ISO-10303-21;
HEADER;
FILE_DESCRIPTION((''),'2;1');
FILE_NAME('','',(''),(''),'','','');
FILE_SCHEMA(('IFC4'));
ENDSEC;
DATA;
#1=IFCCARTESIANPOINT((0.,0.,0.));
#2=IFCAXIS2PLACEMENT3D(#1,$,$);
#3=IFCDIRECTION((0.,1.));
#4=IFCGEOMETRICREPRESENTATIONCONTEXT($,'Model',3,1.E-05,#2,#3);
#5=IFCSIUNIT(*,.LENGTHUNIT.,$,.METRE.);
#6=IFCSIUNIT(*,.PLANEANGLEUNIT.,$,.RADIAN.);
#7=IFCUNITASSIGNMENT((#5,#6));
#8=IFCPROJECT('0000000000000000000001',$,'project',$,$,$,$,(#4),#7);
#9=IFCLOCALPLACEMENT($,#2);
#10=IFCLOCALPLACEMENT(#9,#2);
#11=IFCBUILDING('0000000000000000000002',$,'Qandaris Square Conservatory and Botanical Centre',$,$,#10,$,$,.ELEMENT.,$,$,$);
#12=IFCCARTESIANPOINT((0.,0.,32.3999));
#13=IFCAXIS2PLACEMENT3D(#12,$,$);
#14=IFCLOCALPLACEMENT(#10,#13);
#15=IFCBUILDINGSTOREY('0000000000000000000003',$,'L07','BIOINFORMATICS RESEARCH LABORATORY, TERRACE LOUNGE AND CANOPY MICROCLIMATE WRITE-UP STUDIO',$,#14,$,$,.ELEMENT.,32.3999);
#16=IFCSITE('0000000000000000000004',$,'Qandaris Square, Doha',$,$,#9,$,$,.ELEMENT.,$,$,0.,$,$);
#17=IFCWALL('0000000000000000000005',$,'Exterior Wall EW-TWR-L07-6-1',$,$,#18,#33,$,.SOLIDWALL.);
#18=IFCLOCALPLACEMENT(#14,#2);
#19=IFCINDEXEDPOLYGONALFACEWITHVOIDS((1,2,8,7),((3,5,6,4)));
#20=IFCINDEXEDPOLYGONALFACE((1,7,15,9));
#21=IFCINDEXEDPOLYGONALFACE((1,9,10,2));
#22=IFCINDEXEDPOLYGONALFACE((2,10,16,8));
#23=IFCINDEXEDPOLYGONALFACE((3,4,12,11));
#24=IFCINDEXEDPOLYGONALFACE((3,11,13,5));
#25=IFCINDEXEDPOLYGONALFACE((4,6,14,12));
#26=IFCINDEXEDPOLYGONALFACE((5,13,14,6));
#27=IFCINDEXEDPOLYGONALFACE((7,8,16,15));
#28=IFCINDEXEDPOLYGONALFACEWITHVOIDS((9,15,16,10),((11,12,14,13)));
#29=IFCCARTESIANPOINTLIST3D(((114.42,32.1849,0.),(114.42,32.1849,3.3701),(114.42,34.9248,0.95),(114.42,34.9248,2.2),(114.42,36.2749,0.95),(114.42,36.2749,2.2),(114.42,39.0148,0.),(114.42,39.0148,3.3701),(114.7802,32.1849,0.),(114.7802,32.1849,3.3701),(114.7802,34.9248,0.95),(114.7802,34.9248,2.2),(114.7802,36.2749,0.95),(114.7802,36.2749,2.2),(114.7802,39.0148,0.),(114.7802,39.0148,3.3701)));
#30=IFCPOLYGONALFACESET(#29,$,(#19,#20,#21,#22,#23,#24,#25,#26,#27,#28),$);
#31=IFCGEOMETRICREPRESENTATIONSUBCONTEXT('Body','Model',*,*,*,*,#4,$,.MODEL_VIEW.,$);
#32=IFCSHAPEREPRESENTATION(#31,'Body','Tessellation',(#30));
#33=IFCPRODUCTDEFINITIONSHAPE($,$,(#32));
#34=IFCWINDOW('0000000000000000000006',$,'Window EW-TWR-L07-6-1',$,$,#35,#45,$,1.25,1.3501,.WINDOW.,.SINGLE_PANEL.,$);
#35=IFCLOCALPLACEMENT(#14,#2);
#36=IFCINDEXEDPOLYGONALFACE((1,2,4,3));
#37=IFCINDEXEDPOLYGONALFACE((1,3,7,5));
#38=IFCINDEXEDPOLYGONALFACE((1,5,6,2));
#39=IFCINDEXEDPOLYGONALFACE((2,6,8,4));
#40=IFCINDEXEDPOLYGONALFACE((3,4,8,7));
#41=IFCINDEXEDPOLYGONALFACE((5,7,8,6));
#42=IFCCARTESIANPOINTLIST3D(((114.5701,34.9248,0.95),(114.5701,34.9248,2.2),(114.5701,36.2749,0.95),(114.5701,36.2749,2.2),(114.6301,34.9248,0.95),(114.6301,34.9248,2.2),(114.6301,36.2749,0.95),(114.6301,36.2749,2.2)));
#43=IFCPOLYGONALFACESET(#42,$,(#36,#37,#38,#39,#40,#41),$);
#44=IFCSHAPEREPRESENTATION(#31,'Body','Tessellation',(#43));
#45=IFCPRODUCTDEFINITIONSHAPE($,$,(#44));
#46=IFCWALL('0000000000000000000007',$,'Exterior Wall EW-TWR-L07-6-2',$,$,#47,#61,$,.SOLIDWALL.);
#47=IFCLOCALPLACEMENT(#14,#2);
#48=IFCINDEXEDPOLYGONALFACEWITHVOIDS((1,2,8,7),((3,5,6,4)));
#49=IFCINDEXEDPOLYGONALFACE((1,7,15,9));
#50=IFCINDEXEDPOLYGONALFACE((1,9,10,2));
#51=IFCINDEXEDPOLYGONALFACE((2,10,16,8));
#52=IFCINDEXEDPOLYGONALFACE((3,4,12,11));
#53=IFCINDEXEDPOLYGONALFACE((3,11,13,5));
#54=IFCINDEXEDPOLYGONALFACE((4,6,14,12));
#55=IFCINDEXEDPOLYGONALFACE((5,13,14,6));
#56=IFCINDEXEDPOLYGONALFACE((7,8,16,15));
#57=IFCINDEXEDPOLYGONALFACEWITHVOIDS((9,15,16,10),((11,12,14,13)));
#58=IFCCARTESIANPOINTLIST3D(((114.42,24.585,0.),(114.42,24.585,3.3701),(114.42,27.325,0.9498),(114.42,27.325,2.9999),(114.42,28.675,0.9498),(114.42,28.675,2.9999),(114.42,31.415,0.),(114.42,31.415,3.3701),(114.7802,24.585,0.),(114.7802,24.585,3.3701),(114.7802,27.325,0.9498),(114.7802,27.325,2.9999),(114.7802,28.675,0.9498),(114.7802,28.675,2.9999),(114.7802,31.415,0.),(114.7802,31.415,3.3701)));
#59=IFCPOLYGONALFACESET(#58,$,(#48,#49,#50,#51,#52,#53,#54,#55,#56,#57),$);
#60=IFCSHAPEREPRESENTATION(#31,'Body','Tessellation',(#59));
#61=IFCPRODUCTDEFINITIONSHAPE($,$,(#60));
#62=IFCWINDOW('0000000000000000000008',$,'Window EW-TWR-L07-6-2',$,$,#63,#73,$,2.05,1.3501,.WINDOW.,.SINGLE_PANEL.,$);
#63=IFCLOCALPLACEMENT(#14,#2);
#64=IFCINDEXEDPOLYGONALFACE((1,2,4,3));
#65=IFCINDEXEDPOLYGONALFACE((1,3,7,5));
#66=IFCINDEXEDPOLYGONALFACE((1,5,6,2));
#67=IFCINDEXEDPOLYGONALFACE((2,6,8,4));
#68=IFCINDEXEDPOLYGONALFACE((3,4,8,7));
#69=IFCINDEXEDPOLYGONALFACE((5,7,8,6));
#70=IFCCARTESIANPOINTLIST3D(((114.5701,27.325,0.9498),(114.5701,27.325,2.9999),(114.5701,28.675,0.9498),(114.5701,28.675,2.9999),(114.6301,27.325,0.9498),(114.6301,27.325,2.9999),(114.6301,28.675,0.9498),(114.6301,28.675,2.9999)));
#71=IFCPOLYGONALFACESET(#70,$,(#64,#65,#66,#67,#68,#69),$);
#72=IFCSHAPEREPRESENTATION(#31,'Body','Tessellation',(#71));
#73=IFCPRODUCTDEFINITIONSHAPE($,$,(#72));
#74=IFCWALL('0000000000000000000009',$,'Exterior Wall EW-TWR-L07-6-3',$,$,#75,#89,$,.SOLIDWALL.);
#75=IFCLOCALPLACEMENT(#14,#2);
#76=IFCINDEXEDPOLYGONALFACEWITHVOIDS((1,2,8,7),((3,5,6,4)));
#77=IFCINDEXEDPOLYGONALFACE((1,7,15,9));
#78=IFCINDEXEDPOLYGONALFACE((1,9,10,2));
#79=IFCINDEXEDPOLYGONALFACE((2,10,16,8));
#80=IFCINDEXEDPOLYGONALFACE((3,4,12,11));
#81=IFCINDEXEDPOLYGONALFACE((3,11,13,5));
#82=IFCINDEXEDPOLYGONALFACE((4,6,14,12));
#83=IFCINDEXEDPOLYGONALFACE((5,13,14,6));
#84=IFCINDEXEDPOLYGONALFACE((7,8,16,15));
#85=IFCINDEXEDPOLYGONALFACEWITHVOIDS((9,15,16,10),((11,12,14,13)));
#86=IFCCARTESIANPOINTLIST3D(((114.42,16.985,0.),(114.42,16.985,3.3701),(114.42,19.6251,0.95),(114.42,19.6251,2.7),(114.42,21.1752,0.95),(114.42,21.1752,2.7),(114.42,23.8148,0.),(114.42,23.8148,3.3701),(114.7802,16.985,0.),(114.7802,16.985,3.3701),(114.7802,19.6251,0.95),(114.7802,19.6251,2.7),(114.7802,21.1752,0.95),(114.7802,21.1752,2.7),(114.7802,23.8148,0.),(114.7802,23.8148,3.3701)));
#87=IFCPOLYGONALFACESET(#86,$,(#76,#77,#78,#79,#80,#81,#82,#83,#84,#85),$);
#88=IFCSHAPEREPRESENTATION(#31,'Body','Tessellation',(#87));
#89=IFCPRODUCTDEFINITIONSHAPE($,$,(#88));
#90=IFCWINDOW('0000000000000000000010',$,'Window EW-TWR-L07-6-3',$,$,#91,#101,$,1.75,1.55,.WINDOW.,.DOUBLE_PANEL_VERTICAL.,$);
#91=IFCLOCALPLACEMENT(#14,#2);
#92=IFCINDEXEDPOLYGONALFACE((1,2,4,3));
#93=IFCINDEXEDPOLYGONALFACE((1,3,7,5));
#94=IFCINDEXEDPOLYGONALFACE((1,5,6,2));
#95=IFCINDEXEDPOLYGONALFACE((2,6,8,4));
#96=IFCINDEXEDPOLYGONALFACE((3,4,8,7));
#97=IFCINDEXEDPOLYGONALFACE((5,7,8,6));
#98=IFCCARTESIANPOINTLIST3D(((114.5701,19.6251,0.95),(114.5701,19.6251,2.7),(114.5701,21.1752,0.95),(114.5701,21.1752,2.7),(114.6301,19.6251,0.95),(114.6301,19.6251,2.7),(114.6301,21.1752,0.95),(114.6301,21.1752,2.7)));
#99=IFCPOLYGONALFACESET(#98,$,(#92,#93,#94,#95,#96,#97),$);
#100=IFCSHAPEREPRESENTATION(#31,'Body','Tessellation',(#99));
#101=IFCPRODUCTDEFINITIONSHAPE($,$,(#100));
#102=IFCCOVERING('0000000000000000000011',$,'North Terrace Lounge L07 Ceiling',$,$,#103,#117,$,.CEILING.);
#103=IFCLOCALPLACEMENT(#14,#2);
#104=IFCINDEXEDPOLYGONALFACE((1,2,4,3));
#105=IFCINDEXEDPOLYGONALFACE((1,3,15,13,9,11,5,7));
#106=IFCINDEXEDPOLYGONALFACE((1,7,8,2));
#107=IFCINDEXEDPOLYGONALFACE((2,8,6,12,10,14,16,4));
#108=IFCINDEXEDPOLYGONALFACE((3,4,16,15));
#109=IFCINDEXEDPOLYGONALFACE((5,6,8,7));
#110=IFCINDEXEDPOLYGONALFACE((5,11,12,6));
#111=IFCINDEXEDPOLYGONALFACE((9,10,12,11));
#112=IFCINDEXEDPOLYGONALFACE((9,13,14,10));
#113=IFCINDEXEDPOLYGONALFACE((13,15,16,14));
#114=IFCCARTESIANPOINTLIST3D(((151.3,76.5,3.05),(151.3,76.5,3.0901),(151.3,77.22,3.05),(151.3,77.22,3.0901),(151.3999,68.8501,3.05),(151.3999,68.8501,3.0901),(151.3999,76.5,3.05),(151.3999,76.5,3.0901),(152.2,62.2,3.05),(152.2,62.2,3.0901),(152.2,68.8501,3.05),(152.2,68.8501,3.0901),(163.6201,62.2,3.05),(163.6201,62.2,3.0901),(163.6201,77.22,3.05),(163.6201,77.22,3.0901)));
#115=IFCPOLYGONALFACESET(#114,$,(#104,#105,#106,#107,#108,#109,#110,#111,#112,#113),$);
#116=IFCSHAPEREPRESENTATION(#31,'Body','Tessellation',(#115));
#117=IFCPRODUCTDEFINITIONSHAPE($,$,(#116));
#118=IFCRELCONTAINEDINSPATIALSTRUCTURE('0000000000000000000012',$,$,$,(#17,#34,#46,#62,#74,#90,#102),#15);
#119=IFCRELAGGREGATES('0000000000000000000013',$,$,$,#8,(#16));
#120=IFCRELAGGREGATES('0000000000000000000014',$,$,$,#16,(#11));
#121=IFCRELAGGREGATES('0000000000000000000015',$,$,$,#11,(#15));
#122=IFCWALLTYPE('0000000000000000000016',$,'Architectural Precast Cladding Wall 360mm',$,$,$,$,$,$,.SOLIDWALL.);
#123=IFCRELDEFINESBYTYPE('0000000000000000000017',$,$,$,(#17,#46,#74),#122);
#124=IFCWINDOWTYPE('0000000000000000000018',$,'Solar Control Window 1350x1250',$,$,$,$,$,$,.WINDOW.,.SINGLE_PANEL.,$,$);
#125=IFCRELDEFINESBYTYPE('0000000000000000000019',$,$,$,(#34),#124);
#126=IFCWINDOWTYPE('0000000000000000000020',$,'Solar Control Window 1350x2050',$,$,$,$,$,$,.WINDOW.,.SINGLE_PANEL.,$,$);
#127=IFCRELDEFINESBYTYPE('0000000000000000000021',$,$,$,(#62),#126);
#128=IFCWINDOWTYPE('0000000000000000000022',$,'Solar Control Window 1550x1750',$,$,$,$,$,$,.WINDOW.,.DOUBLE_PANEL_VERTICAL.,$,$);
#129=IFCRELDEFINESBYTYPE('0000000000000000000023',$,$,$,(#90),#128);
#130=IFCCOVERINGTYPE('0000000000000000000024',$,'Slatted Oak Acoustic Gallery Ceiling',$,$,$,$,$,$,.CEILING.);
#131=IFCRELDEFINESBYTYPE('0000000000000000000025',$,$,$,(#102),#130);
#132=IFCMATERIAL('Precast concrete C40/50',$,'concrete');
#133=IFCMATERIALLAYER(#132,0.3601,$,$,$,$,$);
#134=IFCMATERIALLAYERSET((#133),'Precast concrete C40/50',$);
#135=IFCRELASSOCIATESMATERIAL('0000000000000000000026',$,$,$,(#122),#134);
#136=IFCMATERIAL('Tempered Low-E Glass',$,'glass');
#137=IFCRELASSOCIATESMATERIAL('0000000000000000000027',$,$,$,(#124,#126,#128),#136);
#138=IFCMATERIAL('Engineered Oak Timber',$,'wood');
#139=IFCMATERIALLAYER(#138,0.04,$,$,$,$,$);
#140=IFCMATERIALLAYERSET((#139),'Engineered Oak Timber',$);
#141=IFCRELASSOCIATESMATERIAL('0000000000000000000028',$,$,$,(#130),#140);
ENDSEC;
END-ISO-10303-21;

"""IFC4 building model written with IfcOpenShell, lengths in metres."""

from ifc_helpers import new_model, si_unit, direction, frame, frame_2d, origin, place, context, subcontext, project, spatial, polyline, rectangle, outline, extrude, material, layer, layer_set, type_object, element, fill, save


model = new_model("IFC4")

# Units and contexts
model_context = context("Model", 3, precision=1e-05, world=origin(), true_north=direction((0.0, 1.0)))
body_context = subcontext(model_context, "Body", "Model", "MODEL_VIEW")
ifc_project = project(units=[si_unit("LENGTHUNIT", "METRE"), si_unit("PLANEANGLEUNIT", "RADIAN")], contexts=[model_context])

# Site, building, storey
site_placement = place(None, origin())
site = spatial("IfcSite", under=ifc_project, at=site_placement, Name="Qandaris Square, Doha", CompositionType="ELEMENT", RefElevation=0.0)
building_placement = place(site_placement, origin())
building = spatial("IfcBuilding", under=site, at=building_placement, Name="Qandaris Square Conservatory and Botanical Centre", CompositionType="ELEMENT")
storey_placement = place(building_placement, frame((0.0, 0.0, 32.3999)))
storey = spatial("IfcBuildingStorey", under=building, at=storey_placement, Name="L07", Description="BIOINFORMATICS RESEARCH LABORATORY, TERRACE LOUNGE AND CANOPY MICROCLIMATE WRITE-UP STUDIO", CompositionType="ELEMENT", Elevation=32.3999)

# Walls, openings, windows
ifc_material_1 = material(Name="Precast concrete C40/50", Category="concrete")
ifc_layer_1 = layer(ifc_material_1, 0.3601)
ifc_layer_set_1 = layer_set([ifc_layer_1], Name="Precast concrete C40/50")
wall_type = type_object("IfcWallType", Name="Architectural Precast Cladding Wall 360mm", PredefinedType="SOLIDWALL", material=ifc_layer_set_1)
ifc_material_2 = material(Name="Tempered Low-E Glass", Category="glass")
wall_1_placement = place(storey_placement, frame((114.6001, 39.0149, 0.0), z_axis=(0.0, 0.0, 1.0), x_axis=(0.0, -1.0, 0.0)))
wall_1 = element("IfcWall", 1, at=wall_1_placement, inside=storey, type_object=wall_type, Name="Exterior Wall EW-TWR-L07-6-1", PredefinedType="SOLIDWALL", context=body_context, shape_type="SweptSolid", body=[
    extrude(rectangle(XDim=6.8298, YDim=0.3601, at=frame_2d((3.415, 0.0))), origin(), (0.0, 0.0, 1.0), 3.3701),
])
opening_1_placement = place(wall_1_placement, frame((2.74, 0.0, 0.95)))
opening_1 = element("IfcOpeningElement", 2, at=opening_1_placement, cuts=wall_1, PredefinedType="OPENING", context=body_context, shape_type="SweptSolid", body=[
    extrude(rectangle(XDim=1.3501, YDim=1.25, at=frame_2d((0.675, 0.625))), frame((0.0, 0.1919, 0.0), z_axis=(0.0, -1.0, 0.0), x_axis=(1.0, 0.0, 0.0)), (0.0, 0.0, 1.0), 0.384),
])
window_type_1 = type_object("IfcWindowType", Name="Solar Control Window 1350x1250", PartitioningType="SINGLE_PANEL", PredefinedType="WINDOW", material=ifc_material_2)
window_1_placement = place(opening_1_placement, origin())
window_1 = element("IfcWindow", 3, at=window_1_placement, inside=storey, type_object=window_type_1, Name="Window EW-TWR-L07-6-1", OverallHeight=1.25, OverallWidth=1.3501, PartitioningType="SINGLE_PANEL", PredefinedType="WINDOW", context=body_context, shape_type="SweptSolid", body=[
    extrude(rectangle(XDim=1.3501, YDim=1.25, at=frame_2d((0.675, 0.625))), frame((0.0, 0.03, 0.0), z_axis=(0.0, -1.0, 0.0), x_axis=(1.0, 0.0, 0.0)), (0.0, 0.0, 1.0), 0.0601),
])
fill(opening_1, window_1)
wall_2_placement = place(storey_placement, frame((114.6001, 31.415, 0.0), z_axis=(0.0, 0.0, 1.0), x_axis=(0.0, -1.0, 0.0)))
wall_2 = element("IfcWall", 4, at=wall_2_placement, inside=storey, type_object=wall_type, Name="Exterior Wall EW-TWR-L07-6-2", PredefinedType="SOLIDWALL", context=body_context, shape_type="SweptSolid", body=[
    extrude(rectangle(XDim=6.8301, YDim=0.3601, at=frame_2d((3.415, 0.0))), origin(), (0.0, 0.0, 1.0), 3.3701),
])
opening_2_placement = place(wall_2_placement, frame((2.74, 0.0, 0.95)))
opening_2 = element("IfcOpeningElement", 5, at=opening_2_placement, cuts=wall_2, PredefinedType="OPENING", context=body_context, shape_type="SweptSolid", body=[
    extrude(rectangle(XDim=1.3501, YDim=2.05, at=frame_2d((0.675, 1.0249))), frame((0.0, 0.1919, 0.0), z_axis=(0.0, -1.0, 0.0), x_axis=(1.0, 0.0, 0.0)), (0.0, 0.0, 1.0), 0.384),
])
window_type_2 = type_object("IfcWindowType", Name="Solar Control Window 1350x2050", PartitioningType="SINGLE_PANEL", PredefinedType="WINDOW", material=ifc_material_2)
window_2_placement = place(opening_2_placement, origin())
window_2 = element("IfcWindow", 6, at=window_2_placement, inside=storey, type_object=window_type_2, Name="Window EW-TWR-L07-6-2", OverallHeight=2.05, OverallWidth=1.3501, PartitioningType="SINGLE_PANEL", PredefinedType="WINDOW", context=body_context, shape_type="SweptSolid", body=[
    extrude(rectangle(XDim=1.3501, YDim=2.05, at=frame_2d((0.675, 1.0249))), frame((0.0, 0.03, 0.0), z_axis=(0.0, -1.0, 0.0), x_axis=(1.0, 0.0, 0.0)), (0.0, 0.0, 1.0), 0.0601),
])
fill(opening_2, window_2)
wall_3_placement = place(storey_placement, frame((114.6001, 23.8149, 0.0), z_axis=(0.0, 0.0, 1.0), x_axis=(0.0, -1.0, 0.0)))
wall_3 = element("IfcWall", 7, at=wall_3_placement, inside=storey, type_object=wall_type, Name="Exterior Wall EW-TWR-L07-6-3", PredefinedType="SOLIDWALL", context=body_context, shape_type="SweptSolid", body=[
    extrude(rectangle(XDim=6.8298, YDim=0.3601, at=frame_2d((3.415, 0.0))), origin(), (0.0, 0.0, 1.0), 3.3701),
])
opening_3_placement = place(wall_3_placement, frame((2.6399, 0.0, 0.95)))
opening_3 = element("IfcOpeningElement", 8, at=opening_3_placement, cuts=wall_3, PredefinedType="OPENING", context=body_context, shape_type="SweptSolid", body=[
    extrude(rectangle(XDim=1.55, YDim=1.75, at=frame_2d((0.7749, 0.875))), frame((0.0, 0.1919, 0.0), z_axis=(0.0, -1.0, 0.0), x_axis=(1.0, 0.0, 0.0)), (0.0, 0.0, 1.0), 0.384),
])
window_type_3 = type_object("IfcWindowType", Name="Solar Control Window 1550x1750", PartitioningType="DOUBLE_PANEL_VERTICAL", PredefinedType="WINDOW", material=ifc_material_2)
window_3_placement = place(opening_3_placement, origin())
window_3 = element("IfcWindow", 9, at=window_3_placement, inside=storey, type_object=window_type_3, Name="Window EW-TWR-L07-6-3", OverallHeight=1.75, OverallWidth=1.55, PartitioningType="DOUBLE_PANEL_VERTICAL", PredefinedType="WINDOW", context=body_context, shape_type="SweptSolid", body=[
    extrude(rectangle(XDim=1.55, YDim=1.75, at=frame_2d((0.7749, 0.875))), frame((0.0, 0.03, 0.0), z_axis=(0.0, -1.0, 0.0), x_axis=(1.0, 0.0, 0.0)), (0.0, 0.0, 1.0), 0.0601),
])
fill(opening_3, window_3)

# Covering
ifc_material_3 = material(Name="Engineered Oak Timber", Category="wood")
ifc_layer_2 = layer(ifc_material_3, 0.04)
ifc_layer_set_2 = layer_set([ifc_layer_2], Name="Engineered Oak Timber")
covering_type = type_object("IfcCoveringType", Name="Slatted Oak Acoustic Gallery Ceiling", PredefinedType="CEILING", material=ifc_layer_set_2)
covering_placement = place(storey_placement, frame((0.0, 0.0, 3.05)))
element("IfcCovering", 10, at=covering_placement, inside=storey, type_object=covering_type, Name="North Terrace Lounge L07 Ceiling", PredefinedType="CEILING", context=body_context, shape_type="SweptSolid", body=[
    extrude(outline(polyline([(152.2, 62.2), (152.2, 68.8501), (151.3999, 68.8501), (151.3999, 76.5), (151.3, 76.5), (151.3, 77.22), (163.6201, 77.22), (163.6201, 62.2), (152.2, 62.2)])), origin(), (0.0, 0.0, 1.0), 0.04),
])

save(model, "model.ifc")
